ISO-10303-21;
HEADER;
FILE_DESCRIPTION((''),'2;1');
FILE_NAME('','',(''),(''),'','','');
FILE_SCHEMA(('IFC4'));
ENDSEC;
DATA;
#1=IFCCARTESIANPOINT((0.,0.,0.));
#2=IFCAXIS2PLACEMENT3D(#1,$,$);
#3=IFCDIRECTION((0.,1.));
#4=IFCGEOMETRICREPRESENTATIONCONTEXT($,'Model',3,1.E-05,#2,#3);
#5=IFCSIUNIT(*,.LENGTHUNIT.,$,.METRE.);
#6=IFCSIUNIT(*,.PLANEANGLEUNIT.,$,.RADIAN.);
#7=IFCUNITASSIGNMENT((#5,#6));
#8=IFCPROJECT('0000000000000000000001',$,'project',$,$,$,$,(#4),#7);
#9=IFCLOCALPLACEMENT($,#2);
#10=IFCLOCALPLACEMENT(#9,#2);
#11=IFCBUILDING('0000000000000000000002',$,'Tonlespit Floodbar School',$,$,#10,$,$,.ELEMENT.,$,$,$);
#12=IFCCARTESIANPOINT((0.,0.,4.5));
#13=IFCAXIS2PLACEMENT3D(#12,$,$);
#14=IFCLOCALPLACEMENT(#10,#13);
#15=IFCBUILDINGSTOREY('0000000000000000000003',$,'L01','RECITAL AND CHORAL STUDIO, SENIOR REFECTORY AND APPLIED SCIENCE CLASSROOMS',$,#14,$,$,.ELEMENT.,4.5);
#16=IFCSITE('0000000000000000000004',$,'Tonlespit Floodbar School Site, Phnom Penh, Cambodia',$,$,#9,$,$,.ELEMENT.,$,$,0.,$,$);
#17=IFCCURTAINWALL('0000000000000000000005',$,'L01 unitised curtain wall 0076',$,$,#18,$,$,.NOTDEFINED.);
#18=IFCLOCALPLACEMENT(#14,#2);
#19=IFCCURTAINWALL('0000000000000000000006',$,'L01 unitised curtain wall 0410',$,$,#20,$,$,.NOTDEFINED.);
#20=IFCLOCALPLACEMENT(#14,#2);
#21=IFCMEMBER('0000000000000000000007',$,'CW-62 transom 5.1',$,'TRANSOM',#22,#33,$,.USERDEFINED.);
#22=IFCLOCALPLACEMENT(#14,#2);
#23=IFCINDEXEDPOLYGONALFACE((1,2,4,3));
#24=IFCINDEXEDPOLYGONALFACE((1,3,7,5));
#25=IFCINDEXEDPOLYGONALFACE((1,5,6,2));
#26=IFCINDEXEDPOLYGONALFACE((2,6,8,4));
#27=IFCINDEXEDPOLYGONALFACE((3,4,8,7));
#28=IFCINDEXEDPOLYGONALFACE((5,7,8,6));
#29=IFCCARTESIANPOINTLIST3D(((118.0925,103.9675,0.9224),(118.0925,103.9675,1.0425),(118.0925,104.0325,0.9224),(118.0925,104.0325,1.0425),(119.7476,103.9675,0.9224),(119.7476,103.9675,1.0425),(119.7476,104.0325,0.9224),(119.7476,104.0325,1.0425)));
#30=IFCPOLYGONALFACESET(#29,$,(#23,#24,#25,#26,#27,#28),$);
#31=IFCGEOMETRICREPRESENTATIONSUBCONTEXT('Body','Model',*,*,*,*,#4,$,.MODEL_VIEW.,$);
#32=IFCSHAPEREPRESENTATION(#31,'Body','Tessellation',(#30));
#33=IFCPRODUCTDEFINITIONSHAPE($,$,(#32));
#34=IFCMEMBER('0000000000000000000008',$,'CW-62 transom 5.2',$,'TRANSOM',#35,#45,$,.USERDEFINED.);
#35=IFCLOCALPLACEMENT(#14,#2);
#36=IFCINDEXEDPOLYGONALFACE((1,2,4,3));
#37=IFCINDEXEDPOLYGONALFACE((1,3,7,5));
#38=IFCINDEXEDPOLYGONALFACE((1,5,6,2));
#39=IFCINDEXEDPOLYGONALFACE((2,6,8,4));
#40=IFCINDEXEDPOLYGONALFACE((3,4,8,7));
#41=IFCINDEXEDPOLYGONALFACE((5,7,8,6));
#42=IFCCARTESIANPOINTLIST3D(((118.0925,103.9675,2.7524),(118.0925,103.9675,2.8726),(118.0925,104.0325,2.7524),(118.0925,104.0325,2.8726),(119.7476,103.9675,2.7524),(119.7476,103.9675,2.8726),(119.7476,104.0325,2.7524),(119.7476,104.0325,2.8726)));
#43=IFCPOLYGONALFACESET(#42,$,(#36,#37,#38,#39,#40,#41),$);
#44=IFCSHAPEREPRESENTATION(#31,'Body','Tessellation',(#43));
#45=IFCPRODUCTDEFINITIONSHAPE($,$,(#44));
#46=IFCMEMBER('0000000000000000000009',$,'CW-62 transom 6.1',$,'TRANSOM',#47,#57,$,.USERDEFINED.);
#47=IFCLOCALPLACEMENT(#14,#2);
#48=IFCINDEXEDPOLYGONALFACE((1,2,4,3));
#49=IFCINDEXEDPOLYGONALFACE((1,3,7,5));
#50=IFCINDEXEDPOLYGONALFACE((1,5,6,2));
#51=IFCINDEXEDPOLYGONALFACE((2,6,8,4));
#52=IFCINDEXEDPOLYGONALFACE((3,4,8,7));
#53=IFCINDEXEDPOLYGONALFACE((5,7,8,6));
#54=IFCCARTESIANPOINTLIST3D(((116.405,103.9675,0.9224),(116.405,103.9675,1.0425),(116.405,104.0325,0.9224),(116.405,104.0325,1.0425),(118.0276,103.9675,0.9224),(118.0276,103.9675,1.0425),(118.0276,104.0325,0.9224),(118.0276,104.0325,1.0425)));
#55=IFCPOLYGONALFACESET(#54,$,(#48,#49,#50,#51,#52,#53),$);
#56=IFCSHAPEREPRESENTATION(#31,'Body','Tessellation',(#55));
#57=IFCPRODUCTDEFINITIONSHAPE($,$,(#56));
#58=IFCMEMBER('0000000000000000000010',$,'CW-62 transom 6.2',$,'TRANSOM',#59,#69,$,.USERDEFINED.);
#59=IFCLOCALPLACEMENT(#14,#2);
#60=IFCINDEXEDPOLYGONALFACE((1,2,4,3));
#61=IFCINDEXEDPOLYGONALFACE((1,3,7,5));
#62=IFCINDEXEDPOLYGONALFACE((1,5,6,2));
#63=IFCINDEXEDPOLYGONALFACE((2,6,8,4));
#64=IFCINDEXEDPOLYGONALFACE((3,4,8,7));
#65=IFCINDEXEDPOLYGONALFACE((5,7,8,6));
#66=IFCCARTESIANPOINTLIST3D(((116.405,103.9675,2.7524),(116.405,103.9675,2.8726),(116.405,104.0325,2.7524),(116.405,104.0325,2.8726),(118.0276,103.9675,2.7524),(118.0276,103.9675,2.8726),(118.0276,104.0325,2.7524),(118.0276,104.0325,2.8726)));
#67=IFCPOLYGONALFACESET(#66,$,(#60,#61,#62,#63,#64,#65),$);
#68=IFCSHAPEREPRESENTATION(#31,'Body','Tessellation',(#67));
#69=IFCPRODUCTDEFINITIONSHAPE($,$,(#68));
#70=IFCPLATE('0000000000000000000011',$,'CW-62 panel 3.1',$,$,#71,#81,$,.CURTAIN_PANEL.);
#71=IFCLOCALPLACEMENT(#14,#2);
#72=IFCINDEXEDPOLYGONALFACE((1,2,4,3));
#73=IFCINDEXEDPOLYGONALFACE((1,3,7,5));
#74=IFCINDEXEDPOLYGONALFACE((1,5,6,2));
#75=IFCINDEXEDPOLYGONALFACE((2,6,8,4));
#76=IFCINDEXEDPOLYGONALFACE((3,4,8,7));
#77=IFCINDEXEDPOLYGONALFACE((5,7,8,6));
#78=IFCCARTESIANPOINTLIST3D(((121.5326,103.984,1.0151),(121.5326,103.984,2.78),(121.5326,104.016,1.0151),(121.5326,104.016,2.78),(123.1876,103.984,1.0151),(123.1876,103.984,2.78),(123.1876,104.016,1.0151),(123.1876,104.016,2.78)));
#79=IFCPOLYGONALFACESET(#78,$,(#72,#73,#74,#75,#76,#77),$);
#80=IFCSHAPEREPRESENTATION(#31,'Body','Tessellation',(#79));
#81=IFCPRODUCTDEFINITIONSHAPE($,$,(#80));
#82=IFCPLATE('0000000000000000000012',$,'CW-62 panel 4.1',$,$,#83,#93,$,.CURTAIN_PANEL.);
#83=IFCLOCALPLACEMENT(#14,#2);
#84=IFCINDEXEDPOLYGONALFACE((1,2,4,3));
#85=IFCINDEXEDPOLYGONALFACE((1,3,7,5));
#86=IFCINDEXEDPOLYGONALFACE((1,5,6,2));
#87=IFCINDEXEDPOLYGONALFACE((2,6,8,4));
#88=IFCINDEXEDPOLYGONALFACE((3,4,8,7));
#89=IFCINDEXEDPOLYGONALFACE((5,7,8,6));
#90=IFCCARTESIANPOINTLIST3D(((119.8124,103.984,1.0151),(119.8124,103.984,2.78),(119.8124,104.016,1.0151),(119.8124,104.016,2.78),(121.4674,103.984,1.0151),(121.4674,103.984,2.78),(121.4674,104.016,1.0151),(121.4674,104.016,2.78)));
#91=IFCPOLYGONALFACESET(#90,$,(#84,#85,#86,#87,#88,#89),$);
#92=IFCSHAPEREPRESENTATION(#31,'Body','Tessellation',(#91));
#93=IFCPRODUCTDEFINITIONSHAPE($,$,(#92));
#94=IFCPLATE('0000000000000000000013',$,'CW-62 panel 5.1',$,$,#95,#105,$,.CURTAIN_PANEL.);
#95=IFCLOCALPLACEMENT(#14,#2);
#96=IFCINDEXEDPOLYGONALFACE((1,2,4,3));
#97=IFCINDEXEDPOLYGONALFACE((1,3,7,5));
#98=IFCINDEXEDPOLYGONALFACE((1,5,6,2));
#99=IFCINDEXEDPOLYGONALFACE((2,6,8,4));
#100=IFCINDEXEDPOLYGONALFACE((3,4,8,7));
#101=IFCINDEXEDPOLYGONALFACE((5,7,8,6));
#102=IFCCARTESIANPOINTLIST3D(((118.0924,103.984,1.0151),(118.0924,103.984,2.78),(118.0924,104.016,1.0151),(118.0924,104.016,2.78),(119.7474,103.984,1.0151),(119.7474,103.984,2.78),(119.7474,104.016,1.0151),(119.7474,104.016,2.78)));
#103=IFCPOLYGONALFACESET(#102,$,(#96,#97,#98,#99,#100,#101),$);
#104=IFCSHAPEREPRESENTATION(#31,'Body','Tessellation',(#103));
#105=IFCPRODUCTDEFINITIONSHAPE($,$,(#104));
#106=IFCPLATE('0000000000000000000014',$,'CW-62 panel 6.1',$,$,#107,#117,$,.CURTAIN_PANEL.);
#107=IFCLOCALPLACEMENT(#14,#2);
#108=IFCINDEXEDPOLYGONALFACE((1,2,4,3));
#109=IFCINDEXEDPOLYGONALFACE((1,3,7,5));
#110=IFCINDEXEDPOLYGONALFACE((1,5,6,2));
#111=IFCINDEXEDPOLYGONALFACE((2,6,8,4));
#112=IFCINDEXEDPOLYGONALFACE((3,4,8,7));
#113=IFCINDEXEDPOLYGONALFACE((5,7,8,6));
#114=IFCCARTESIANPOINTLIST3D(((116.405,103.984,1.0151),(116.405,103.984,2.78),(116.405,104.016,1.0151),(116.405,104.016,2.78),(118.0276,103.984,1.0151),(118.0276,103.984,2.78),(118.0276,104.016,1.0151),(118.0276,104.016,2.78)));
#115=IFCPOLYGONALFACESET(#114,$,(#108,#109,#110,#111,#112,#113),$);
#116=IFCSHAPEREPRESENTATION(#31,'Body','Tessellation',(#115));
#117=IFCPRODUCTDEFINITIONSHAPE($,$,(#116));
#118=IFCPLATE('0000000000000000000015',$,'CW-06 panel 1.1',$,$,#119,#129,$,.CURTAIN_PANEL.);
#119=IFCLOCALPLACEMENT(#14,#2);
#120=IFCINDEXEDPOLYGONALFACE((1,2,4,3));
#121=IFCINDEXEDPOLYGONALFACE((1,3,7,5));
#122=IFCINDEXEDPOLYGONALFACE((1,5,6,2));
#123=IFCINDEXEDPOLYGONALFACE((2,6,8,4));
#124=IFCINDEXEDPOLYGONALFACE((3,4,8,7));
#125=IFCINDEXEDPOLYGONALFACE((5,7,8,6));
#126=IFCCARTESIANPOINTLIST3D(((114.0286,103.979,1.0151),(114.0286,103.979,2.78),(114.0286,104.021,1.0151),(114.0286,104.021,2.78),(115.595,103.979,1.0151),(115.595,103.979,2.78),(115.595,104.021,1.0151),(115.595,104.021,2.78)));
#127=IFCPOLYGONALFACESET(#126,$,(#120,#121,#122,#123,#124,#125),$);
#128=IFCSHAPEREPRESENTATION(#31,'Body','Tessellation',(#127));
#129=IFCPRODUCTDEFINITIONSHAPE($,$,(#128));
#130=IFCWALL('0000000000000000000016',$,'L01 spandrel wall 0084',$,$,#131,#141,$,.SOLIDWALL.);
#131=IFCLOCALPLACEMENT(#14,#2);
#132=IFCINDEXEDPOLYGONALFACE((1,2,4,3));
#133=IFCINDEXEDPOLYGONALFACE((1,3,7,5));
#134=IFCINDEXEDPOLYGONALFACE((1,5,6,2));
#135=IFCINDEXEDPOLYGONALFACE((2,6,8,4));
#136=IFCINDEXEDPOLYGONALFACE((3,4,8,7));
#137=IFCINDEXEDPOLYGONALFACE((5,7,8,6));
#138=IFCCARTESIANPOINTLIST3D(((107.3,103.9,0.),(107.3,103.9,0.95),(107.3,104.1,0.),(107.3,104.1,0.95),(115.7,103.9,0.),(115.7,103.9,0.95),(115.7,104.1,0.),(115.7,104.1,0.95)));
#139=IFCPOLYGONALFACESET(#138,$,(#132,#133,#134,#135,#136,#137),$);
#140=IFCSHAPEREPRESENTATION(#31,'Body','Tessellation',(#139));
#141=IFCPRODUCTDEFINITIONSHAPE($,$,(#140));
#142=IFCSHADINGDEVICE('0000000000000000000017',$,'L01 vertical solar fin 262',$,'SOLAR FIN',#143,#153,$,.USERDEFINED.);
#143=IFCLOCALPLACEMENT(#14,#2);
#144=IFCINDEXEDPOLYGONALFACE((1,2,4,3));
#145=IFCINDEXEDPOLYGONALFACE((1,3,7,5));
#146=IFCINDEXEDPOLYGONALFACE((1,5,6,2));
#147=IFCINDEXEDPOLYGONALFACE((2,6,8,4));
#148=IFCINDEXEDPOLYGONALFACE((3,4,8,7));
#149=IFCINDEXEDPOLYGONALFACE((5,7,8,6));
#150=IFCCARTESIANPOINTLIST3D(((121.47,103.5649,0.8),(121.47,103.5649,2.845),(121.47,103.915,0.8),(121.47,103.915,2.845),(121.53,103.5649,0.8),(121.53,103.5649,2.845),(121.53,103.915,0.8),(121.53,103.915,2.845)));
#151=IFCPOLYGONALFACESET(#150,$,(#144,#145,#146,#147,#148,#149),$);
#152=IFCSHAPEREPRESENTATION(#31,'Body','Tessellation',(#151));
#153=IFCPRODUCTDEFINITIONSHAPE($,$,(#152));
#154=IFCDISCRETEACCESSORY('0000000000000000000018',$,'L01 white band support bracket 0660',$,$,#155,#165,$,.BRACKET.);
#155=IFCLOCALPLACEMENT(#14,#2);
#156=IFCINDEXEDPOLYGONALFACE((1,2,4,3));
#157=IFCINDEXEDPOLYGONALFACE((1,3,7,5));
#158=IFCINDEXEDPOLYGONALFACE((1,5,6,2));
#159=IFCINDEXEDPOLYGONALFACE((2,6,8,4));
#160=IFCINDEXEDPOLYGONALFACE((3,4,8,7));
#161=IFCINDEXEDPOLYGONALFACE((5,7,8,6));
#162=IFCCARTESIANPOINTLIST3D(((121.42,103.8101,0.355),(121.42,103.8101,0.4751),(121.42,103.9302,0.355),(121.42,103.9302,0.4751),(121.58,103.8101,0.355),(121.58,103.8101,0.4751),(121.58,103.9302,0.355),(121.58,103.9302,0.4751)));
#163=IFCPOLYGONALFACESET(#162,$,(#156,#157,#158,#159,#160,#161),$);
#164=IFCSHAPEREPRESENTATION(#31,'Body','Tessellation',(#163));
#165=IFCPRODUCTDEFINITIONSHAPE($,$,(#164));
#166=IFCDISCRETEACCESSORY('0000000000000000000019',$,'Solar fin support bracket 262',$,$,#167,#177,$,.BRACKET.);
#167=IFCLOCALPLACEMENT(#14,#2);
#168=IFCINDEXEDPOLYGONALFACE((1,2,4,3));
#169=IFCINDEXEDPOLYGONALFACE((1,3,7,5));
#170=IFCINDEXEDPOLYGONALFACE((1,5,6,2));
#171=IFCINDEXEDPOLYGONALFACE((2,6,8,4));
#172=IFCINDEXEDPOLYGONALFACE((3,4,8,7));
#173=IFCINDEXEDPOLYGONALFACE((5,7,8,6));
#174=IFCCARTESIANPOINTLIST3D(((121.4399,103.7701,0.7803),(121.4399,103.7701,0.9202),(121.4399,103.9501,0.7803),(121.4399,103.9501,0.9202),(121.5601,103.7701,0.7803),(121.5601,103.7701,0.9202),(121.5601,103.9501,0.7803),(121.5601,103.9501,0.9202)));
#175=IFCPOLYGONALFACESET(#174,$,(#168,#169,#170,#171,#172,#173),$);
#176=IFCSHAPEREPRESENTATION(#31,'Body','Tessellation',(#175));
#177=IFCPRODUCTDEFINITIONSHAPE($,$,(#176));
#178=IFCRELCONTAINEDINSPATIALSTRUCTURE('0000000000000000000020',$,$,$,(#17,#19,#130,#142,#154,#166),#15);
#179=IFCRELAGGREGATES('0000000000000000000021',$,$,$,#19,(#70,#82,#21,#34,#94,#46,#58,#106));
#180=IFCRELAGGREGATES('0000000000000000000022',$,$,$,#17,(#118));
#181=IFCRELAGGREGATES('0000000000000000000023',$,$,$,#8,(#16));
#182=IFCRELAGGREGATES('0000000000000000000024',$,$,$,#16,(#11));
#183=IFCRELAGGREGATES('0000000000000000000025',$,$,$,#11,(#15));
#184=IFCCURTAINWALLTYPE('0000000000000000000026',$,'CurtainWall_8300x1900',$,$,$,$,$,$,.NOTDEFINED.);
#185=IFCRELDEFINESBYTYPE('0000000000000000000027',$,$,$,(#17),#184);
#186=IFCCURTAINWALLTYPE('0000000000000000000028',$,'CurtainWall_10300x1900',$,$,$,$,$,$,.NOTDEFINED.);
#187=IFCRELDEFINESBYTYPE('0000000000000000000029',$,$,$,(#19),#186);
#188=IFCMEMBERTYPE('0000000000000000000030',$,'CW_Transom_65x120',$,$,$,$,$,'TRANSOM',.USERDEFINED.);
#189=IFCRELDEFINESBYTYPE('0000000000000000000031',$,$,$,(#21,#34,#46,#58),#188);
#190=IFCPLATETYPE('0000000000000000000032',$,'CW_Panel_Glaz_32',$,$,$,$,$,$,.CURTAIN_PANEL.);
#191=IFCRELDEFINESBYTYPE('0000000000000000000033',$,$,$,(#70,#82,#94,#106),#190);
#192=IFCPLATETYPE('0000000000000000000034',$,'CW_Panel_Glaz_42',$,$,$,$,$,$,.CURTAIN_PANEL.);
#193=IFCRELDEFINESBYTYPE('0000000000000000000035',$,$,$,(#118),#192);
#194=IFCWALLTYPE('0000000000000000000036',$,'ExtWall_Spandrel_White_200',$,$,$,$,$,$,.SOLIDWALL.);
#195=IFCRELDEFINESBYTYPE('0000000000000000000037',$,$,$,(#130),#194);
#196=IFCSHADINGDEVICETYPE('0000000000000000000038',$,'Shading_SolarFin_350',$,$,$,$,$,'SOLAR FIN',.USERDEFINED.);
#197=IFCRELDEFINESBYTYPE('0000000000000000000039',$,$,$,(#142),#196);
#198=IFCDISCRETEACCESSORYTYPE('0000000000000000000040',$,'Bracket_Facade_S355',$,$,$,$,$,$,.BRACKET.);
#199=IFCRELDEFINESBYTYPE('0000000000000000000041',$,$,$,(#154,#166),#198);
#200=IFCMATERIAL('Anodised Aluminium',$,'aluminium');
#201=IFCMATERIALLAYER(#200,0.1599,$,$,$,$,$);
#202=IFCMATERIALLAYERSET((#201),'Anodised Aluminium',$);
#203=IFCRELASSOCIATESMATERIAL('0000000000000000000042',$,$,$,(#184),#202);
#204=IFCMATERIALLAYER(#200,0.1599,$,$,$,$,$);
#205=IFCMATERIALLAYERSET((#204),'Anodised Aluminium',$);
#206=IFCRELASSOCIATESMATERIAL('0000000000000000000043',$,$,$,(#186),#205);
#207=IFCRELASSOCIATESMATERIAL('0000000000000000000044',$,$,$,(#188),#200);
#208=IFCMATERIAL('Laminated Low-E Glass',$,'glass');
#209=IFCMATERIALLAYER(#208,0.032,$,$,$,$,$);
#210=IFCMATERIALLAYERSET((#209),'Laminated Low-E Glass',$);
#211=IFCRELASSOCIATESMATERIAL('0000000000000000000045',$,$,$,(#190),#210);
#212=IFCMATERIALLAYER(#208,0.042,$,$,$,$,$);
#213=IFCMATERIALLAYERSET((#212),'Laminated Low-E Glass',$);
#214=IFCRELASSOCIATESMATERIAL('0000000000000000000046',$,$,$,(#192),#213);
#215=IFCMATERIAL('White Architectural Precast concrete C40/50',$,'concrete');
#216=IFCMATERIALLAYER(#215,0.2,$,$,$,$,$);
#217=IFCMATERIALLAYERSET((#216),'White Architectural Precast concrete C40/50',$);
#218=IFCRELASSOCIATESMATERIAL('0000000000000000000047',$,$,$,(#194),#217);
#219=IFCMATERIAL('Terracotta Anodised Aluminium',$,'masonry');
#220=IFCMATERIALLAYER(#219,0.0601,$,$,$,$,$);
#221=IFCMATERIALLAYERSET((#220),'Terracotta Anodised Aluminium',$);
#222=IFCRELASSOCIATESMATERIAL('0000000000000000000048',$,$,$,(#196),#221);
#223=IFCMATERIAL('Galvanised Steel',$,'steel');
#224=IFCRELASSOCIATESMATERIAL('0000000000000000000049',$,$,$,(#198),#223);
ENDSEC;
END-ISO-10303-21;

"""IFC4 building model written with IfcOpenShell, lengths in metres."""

from ifc_helpers import new_model, si_unit, direction, frame, frame_2d, origin, origin_2d, place, context, subcontext, project, spatial, rectangle, extrude, material, layer, layer_set, material_profile, profile_set, type_object, element, aggregate, save


model = new_model("IFC4")

# Units and contexts
model_context = context("Model", 3, precision=1e-05, world=origin(), true_north=direction((0.0, 1.0)))
body_context = subcontext(model_context, "Body", "Model", "MODEL_VIEW")
ifc_project = project(units=[si_unit("LENGTHUNIT", "METRE"), si_unit("PLANEANGLEUNIT", "RADIAN")], contexts=[model_context])

# Site, building, storey
site_placement = place(None, origin())
site = spatial("IfcSite", under=ifc_project, at=site_placement, Name="Tonlespit Floodbar School Site, Phnom Penh, Cambodia", CompositionType="ELEMENT", RefElevation=0.0)
building_placement = place(site_placement, origin())
building = spatial("IfcBuilding", under=site, at=building_placement, Name="Tonlespit Floodbar School", CompositionType="ELEMENT")
storey_placement = place(building_placement, frame((0.0, 0.0, 4.5)))
storey = spatial("IfcBuildingStorey", under=building, at=storey_placement, Name="L01", Description="RECITAL AND CHORAL STUDIO, SENIOR REFECTORY AND APPLIED SCIENCE CLASSROOMS", CompositionType="ELEMENT", Elevation=4.5)

# Curtain walls
ifc_material_1 = material(Name="Anodised Aluminium", Category="aluminium")
ifc_layer_1 = layer(ifc_material_1, 0.1599)
ifc_layer_set_1 = layer_set([ifc_layer_1], Name="Anodised Aluminium")
curtain_wall_type_1 = type_object("IfcCurtainWallType", Name="CurtainWall_8300x1900", PredefinedType="NOTDEFINED", material=ifc_layer_set_1)
curtain_wall_1_placement = place(storey_placement, origin())
curtain_wall_1 = element("IfcCurtainWall", 1, at=curtain_wall_1_placement, inside=storey, type_object=curtain_wall_type_1, Name="L01 unitised curtain wall 0076", PredefinedType="NOTDEFINED")
ifc_layer_2 = layer(ifc_material_1, 0.1599)
ifc_layer_set_2 = layer_set([ifc_layer_2], Name="Anodised Aluminium")
curtain_wall_type_2 = type_object("IfcCurtainWallType", Name="CurtainWall_10300x1900", PredefinedType="NOTDEFINED", material=ifc_layer_set_2)
curtain_wall_2_placement = place(storey_placement, origin())
curtain_wall_2 = element("IfcCurtainWall", 2, at=curtain_wall_2_placement, inside=storey, type_object=curtain_wall_type_2, Name="L01 unitised curtain wall 0410", PredefinedType="NOTDEFINED")

# Members
ifc_material_profile_1 = material_profile(ifc_material_1, rectangle(XDim=0.0649, YDim=0.1201, at=origin_2d()), Name="ALU T65x120")
ifc_profile_set_1 = profile_set([ifc_material_profile_1], Name="Anodised Aluminium")
member_type_1 = type_object("IfcMemberType", Name="CW_Transom_65x120", ElementType="TRANSOM", PredefinedType="USERDEFINED", material=ifc_profile_set_1)
member_1_placement = place(storey_placement, frame((119.7476, 104.0, 0.9824), z_axis=(-1.0, 0.0, 0.0), x_axis=(0.0, -1.0, 0.0)))
member_1 = element("IfcMember", 3, at=member_1_placement, type_object=member_type_1, Name="CW-62 transom 5.1", ObjectType="TRANSOM", PredefinedType="USERDEFINED", context=body_context, shape_type="SweptSolid", body=[
    extrude(rectangle(XDim=0.0649, YDim=0.1201, at=origin_2d()), origin(), (0.0, 0.0, 1.0), 1.655),
])
member_2_placement = place(storey_placement, frame((119.7476, 104.0, 2.8125), z_axis=(-1.0, 0.0, 0.0), x_axis=(0.0, -1.0, 0.0)))
member_2 = element("IfcMember", 4, at=member_2_placement, type_object=member_type_1, Name="CW-62 transom 5.2", ObjectType="TRANSOM", PredefinedType="USERDEFINED", context=body_context, shape_type="SweptSolid", body=[
    extrude(rectangle(XDim=0.0649, YDim=0.1201, at=origin_2d()), origin(), (0.0, 0.0, 1.0), 1.655),
])
member_3_placement = place(storey_placement, frame((118.0276, 104.0, 0.9824), z_axis=(-1.0, 0.0, 0.0), x_axis=(0.0, -1.0, 0.0)))
member_3 = element("IfcMember", 5, at=member_3_placement, type_object=member_type_1, Name="CW-62 transom 6.1", ObjectType="TRANSOM", PredefinedType="USERDEFINED", context=body_context, shape_type="SweptSolid", body=[
    extrude(rectangle(XDim=0.0649, YDim=0.1201, at=origin_2d()), origin(), (0.0, 0.0, 1.0), 1.6226),
])
member_4_placement = place(storey_placement, frame((118.0276, 104.0, 2.8125), z_axis=(-1.0, 0.0, 0.0), x_axis=(0.0, -1.0, 0.0)))
member_4 = element("IfcMember", 6, at=member_4_placement, type_object=member_type_1, Name="CW-62 transom 6.2", ObjectType="TRANSOM", PredefinedType="USERDEFINED", context=body_context, shape_type="SweptSolid", body=[
    extrude(rectangle(XDim=0.0649, YDim=0.1201, at=origin_2d()), origin(), (0.0, 0.0, 1.0), 1.6226),
])

# Plates
ifc_material_2 = material(Name="Laminated Low-E Glass", Category="glass")
ifc_layer_3 = layer(ifc_material_2, 0.032)
ifc_layer_set_3 = layer_set([ifc_layer_3], Name="Laminated Low-E Glass")
plate_type_1 = type_object("IfcPlateType", Name="CW_Panel_Glaz_32", PredefinedType="CURTAIN_PANEL", material=ifc_layer_set_3)
plate_1_placement = place(storey_placement, frame((122.3601, 104.0, 1.0151), z_axis=(0.0, 0.0, 1.0), x_axis=(-1.0, 0.0, 0.0)))
plate_1 = element("IfcPlate", 7, at=plate_1_placement, type_object=plate_type_1, Name="CW-62 panel 3.1", PredefinedType="CURTAIN_PANEL", context=body_context, shape_type="SweptSolid", body=[
    extrude(rectangle(XDim=1.655, YDim=0.032, at=origin_2d()), origin(), (0.0, 0.0, 1.0), 1.7649),
])
plate_2_placement = place(storey_placement, frame((120.6399, 104.0, 1.0151), z_axis=(0.0, 0.0, 1.0), x_axis=(-1.0, 0.0, 0.0)))
plate_2 = element("IfcPlate", 8, at=plate_2_placement, type_object=plate_type_1, Name="CW-62 panel 4.1", PredefinedType="CURTAIN_PANEL", context=body_context, shape_type="SweptSolid", body=[
    extrude(rectangle(XDim=1.655, YDim=0.032, at=origin_2d()), origin(), (0.0, 0.0, 1.0), 1.7649),
])
plate_3_placement = place(storey_placement, frame((118.9199, 104.0, 1.0151), z_axis=(0.0, 0.0, 1.0), x_axis=(-1.0, 0.0, 0.0)))
plate_3 = element("IfcPlate", 9, at=plate_3_placement, type_object=plate_type_1, Name="CW-62 panel 5.1", PredefinedType="CURTAIN_PANEL", context=body_context, shape_type="SweptSolid", body=[
    extrude(rectangle(XDim=1.655, YDim=0.032, at=origin_2d()), origin(), (0.0, 0.0, 1.0), 1.7649),
])
plate_4_placement = place(storey_placement, frame((117.2163, 104.0, 1.0151), z_axis=(0.0, 0.0, 1.0), x_axis=(-1.0, 0.0, 0.0)))
plate_4 = element("IfcPlate", 10, at=plate_4_placement, type_object=plate_type_1, Name="CW-62 panel 6.1", PredefinedType="CURTAIN_PANEL", context=body_context, shape_type="SweptSolid", body=[
    extrude(rectangle(XDim=1.6226, YDim=0.032, at=origin_2d()), origin(), (0.0, 0.0, 1.0), 1.7649),
])
aggregate(curtain_wall_2, [plate_1, plate_2, member_1, member_2, plate_3, member_3, member_4, plate_4])
ifc_layer_4 = layer(ifc_material_2, 0.042)
ifc_layer_set_4 = layer_set([ifc_layer_4], Name="Laminated Low-E Glass")
plate_type_2 = type_object("IfcPlateType", Name="CW_Panel_Glaz_42", PredefinedType="CURTAIN_PANEL", material=ifc_layer_set_4)
plate_5_placement = place(storey_placement, frame((114.8118, 104.0, 1.0151), z_axis=(0.0, 0.0, 1.0), x_axis=(-1.0, 0.0, 0.0)))
plate_5 = element("IfcPlate", 11, at=plate_5_placement, type_object=plate_type_2, Name="CW-06 panel 1.1", PredefinedType="CURTAIN_PANEL", context=body_context, shape_type="SweptSolid", body=[
    extrude(rectangle(XDim=1.5664, YDim=0.042, at=origin_2d()), origin(), (0.0, 0.0, 1.0), 1.7649),
])
aggregate(curtain_wall_1, [plate_5])

# Wall
ifc_material_3 = material(Name="White Architectural Precast concrete C40/50", Category="concrete")
ifc_layer_5 = layer(ifc_material_3, 0.2)
ifc_layer_set_5 = layer_set([ifc_layer_5], Name="White Architectural Precast concrete C40/50")
wall_type = type_object("IfcWallType", Name="ExtWall_Spandrel_White_200", PredefinedType="SOLIDWALL", material=ifc_layer_set_5)
wall_placement = place(storey_placement, frame((115.7, 104.0, 0.0), z_axis=(0.0, 0.0, 1.0), x_axis=(-1.0, 0.0, 0.0)))
element("IfcWall", 12, at=wall_placement, inside=storey, type_object=wall_type, Name="L01 spandrel wall 0084", PredefinedType="SOLIDWALL", context=body_context, shape_type="SweptSolid", body=[
    extrude(rectangle(XDim=8.3999, YDim=0.2, at=frame_2d((4.2, 0.0))), origin(), (0.0, 0.0, 1.0), 0.95),
])

# Shading device
ifc_material_4 = material(Name="Terracotta Anodised Aluminium", Category="masonry")
ifc_layer_6 = layer(ifc_material_4, 0.0601)
ifc_layer_set_6 = layer_set([ifc_layer_6], Name="Terracotta Anodised Aluminium")
shading_device_type = type_object("IfcShadingDeviceType", Name="Shading_SolarFin_350", ElementType="SOLAR FIN", PredefinedType="USERDEFINED", material=ifc_layer_set_6)
shading_device_placement = place(storey_placement, frame((121.5, 103.74, 0.8), z_axis=(0.0, 0.0, 1.0), x_axis=(-1.0, 0.0, 0.0)))
element("IfcShadingDevice", 13, at=shading_device_placement, inside=storey, type_object=shading_device_type, Name="L01 vertical solar fin 262", ObjectType="SOLAR FIN", PredefinedType="USERDEFINED", context=body_context, shape_type="SweptSolid", body=[
    extrude(rectangle(XDim=0.0601, YDim=0.3501, at=origin_2d()), origin(), (0.0, 0.0, 1.0), 2.0449),
])

# Discrete accessories
ifc_material_5 = material(Name="Galvanised Steel", Category="steel")
discrete_accessory_type = type_object("IfcDiscreteAccessoryType", Name="Bracket_Facade_S355", PredefinedType="BRACKET", material=ifc_material_5)
discrete_accessory_1_placement = place(storey_placement, frame((121.5, 103.8701, 0.355), z_axis=(0.0, 0.0, 1.0), x_axis=(-1.0, 0.0, 0.0)))
element("IfcDiscreteAccessory", 14, at=discrete_accessory_1_placement, inside=storey, type_object=discrete_accessory_type, Name="L01 white band support bracket 0660", PredefinedType="BRACKET", context=body_context, shape_type="SweptSolid", body=[
    extrude(rectangle(XDim=0.1599, YDim=0.1201, at=origin_2d()), origin(), (0.0, 0.0, 1.0), 0.1201),
])
discrete_accessory_2_placement = place(storey_placement, frame((121.5, 103.8601, 0.7803), z_axis=(0.0, 0.0, 1.0), x_axis=(-1.0, 0.0, 0.0)))
element("IfcDiscreteAccessory", 15, at=discrete_accessory_2_placement, inside=storey, type_object=discrete_accessory_type, Name="Solar fin support bracket 262", PredefinedType="BRACKET", context=body_context, shape_type="SweptSolid", body=[
    extrude(rectangle(XDim=0.1201, YDim=0.1799, at=origin_2d()), origin(), (0.0, 0.0, 1.0), 0.1399),
])

save(model, "model.ifc")
